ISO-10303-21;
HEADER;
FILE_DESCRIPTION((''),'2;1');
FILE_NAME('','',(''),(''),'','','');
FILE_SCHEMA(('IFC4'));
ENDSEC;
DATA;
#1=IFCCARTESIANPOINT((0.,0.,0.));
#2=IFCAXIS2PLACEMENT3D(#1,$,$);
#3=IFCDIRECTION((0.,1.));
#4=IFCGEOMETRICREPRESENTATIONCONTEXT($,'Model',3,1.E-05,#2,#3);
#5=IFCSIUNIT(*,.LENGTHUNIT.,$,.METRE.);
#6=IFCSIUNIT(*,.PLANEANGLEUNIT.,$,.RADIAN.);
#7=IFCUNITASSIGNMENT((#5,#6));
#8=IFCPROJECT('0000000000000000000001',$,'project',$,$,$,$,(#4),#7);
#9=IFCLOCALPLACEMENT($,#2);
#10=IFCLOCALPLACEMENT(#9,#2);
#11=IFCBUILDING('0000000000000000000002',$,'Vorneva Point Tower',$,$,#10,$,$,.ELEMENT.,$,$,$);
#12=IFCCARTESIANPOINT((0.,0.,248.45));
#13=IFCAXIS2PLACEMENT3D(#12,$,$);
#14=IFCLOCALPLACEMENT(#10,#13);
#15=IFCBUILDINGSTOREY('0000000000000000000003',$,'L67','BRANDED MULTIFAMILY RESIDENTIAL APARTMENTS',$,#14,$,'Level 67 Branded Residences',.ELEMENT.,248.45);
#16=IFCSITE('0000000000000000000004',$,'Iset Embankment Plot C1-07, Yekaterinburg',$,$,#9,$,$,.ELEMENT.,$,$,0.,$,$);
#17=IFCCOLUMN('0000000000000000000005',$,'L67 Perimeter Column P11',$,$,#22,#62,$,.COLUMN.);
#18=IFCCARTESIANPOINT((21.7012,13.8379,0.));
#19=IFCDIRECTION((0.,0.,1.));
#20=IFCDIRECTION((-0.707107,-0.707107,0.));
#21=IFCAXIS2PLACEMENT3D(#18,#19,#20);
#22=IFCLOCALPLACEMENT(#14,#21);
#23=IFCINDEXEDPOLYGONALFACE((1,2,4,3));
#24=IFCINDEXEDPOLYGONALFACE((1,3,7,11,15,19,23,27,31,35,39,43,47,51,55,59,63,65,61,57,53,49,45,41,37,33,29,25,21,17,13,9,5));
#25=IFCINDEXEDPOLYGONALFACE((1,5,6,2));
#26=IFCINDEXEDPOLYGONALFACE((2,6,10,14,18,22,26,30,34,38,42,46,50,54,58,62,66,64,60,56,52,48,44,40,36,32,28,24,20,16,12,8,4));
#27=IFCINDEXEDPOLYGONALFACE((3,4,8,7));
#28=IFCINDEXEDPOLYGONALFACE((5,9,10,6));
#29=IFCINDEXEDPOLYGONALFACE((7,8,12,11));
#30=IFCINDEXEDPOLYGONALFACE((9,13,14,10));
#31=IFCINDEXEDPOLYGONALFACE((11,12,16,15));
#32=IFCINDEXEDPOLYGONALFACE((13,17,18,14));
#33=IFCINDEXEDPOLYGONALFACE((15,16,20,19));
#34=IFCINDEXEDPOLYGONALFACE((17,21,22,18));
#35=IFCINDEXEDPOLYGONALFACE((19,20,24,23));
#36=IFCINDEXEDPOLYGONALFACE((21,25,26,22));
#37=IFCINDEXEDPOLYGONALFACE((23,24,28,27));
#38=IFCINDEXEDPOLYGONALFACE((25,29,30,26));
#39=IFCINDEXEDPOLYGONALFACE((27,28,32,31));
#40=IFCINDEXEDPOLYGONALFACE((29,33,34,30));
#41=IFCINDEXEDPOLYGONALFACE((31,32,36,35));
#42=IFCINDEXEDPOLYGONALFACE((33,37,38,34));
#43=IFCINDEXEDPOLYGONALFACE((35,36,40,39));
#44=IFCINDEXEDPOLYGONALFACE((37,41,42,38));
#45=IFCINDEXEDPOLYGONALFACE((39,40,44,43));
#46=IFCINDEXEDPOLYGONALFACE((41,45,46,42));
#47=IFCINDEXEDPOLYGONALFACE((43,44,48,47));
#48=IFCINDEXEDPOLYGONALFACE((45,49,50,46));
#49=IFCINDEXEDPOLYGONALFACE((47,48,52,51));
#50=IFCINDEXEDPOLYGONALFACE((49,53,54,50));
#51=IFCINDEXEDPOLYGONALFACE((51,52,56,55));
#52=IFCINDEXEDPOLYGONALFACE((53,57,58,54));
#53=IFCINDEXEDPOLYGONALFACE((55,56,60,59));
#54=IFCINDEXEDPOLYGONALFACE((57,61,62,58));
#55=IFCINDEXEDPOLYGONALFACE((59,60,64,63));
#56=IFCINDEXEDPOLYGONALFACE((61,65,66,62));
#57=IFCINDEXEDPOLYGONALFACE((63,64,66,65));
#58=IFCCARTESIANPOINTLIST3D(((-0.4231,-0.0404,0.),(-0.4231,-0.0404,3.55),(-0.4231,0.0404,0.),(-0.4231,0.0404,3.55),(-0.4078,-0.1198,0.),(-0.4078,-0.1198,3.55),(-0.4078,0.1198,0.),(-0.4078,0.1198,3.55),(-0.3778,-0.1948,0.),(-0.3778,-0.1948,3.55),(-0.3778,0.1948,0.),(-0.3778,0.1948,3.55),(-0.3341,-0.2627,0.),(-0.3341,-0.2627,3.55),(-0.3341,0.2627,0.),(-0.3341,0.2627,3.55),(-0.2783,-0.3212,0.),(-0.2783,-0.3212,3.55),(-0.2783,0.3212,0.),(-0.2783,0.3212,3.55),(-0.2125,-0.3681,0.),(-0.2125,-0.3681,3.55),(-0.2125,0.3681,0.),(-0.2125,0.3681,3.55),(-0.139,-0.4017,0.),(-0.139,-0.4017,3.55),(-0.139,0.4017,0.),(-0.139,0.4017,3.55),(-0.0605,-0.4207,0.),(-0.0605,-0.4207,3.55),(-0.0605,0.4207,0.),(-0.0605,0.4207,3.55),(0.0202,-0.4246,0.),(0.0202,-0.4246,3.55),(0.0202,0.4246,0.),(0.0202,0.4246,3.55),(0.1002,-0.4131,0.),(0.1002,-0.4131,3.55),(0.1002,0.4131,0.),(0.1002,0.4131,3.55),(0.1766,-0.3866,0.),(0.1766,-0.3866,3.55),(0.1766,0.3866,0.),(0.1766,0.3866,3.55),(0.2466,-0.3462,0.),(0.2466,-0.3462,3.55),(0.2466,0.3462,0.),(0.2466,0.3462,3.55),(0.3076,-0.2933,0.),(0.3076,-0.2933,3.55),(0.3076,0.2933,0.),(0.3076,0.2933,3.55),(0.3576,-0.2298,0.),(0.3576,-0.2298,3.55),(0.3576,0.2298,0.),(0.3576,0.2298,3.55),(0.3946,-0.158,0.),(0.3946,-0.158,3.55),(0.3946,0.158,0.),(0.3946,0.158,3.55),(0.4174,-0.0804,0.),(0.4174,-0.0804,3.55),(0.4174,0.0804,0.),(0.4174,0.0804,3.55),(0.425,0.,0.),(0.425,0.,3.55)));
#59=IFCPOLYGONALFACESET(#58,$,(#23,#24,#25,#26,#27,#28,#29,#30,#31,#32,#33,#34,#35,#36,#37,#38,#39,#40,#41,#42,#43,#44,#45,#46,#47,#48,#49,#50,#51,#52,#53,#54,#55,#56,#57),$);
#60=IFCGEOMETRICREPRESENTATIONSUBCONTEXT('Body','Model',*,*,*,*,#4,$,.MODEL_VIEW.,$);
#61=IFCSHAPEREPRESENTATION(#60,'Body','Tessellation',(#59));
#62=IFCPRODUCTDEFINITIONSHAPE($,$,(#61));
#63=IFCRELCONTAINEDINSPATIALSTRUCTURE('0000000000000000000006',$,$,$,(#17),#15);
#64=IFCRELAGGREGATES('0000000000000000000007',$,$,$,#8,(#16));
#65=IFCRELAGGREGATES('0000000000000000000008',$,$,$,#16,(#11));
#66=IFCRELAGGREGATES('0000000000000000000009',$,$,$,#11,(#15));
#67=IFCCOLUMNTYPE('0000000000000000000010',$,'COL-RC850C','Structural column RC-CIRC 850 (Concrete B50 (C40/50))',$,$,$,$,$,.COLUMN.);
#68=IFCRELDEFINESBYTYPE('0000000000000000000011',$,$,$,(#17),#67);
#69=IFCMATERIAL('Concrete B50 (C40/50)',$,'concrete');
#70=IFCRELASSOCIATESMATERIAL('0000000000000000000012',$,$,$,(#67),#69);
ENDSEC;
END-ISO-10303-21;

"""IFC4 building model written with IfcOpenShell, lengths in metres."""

from ifc_helpers import new_model, si_unit, direction, frame, origin, origin_2d, place, context, subcontext, project, spatial, circle, extrude, material, material_profile, profile_set, type_object, element, save


model = new_model("IFC4")

# Units and contexts
model_context = context("Model", 3, precision=1e-05, world=origin(), true_north=direction((0.0, 1.0)))
body_context = subcontext(model_context, "Body", "Model", "MODEL_VIEW")
ifc_project = project(units=[si_unit("LENGTHUNIT", "METRE"), si_unit("PLANEANGLEUNIT", "RADIAN")], contexts=[model_context])

# Site, building, storey
site_placement = place(None, origin())
site = spatial("IfcSite", under=ifc_project, at=site_placement, Name="Iset Embankment Plot C1-07, Yekaterinburg", CompositionType="ELEMENT", RefElevation=0.0)
building_placement = place(site_placement, origin())
building = spatial("IfcBuilding", under=site, at=building_placement, Name="Vorneva Point Tower", CompositionType="ELEMENT")
storey_placement = place(building_placement, frame((0.0, 0.0, 248.45)))
storey = spatial("IfcBuildingStorey", under=building, at=storey_placement, Name="L67", Description="BRANDED MULTIFAMILY RESIDENTIAL APARTMENTS", LongName="Level 67 Branded Residences", CompositionType="ELEMENT", Elevation=248.45)

# Column
ifc_material_1 = material(Name="Concrete B50 (C40/50)", Category="concrete")
ifc_material_profile_1 = material_profile(ifc_material_1, circle(Radius=0.425, at=origin_2d()), Name="RC-CIRC 850")
ifc_profile_set_1 = profile_set([ifc_material_profile_1], Name="Concrete B50 (C40/50)")
column_type = type_object("IfcColumnType", Name="COL-RC850C", Description="Structural column RC-CIRC 850 (Concrete B50 (C40/50))", PredefinedType="COLUMN", material=ifc_profile_set_1)
column_placement = place(storey_placement, frame((21.7012, 13.8379, 0.0), z_axis=(0.0, 0.0, 1.0), x_axis=(-0.707107, -0.707107, 0.0)))
element("IfcColumn", 1, at=column_placement, inside=storey, type_object=column_type, Name="L67 Perimeter Column P11", PredefinedType="COLUMN", context=body_context, shape_type="SweptSolid", body=[
    extrude(circle(Radius=0.425, at=origin_2d()), origin(), (0.0, 0.0, 1.0), 3.55),
])

save(model, "model.ifc")
